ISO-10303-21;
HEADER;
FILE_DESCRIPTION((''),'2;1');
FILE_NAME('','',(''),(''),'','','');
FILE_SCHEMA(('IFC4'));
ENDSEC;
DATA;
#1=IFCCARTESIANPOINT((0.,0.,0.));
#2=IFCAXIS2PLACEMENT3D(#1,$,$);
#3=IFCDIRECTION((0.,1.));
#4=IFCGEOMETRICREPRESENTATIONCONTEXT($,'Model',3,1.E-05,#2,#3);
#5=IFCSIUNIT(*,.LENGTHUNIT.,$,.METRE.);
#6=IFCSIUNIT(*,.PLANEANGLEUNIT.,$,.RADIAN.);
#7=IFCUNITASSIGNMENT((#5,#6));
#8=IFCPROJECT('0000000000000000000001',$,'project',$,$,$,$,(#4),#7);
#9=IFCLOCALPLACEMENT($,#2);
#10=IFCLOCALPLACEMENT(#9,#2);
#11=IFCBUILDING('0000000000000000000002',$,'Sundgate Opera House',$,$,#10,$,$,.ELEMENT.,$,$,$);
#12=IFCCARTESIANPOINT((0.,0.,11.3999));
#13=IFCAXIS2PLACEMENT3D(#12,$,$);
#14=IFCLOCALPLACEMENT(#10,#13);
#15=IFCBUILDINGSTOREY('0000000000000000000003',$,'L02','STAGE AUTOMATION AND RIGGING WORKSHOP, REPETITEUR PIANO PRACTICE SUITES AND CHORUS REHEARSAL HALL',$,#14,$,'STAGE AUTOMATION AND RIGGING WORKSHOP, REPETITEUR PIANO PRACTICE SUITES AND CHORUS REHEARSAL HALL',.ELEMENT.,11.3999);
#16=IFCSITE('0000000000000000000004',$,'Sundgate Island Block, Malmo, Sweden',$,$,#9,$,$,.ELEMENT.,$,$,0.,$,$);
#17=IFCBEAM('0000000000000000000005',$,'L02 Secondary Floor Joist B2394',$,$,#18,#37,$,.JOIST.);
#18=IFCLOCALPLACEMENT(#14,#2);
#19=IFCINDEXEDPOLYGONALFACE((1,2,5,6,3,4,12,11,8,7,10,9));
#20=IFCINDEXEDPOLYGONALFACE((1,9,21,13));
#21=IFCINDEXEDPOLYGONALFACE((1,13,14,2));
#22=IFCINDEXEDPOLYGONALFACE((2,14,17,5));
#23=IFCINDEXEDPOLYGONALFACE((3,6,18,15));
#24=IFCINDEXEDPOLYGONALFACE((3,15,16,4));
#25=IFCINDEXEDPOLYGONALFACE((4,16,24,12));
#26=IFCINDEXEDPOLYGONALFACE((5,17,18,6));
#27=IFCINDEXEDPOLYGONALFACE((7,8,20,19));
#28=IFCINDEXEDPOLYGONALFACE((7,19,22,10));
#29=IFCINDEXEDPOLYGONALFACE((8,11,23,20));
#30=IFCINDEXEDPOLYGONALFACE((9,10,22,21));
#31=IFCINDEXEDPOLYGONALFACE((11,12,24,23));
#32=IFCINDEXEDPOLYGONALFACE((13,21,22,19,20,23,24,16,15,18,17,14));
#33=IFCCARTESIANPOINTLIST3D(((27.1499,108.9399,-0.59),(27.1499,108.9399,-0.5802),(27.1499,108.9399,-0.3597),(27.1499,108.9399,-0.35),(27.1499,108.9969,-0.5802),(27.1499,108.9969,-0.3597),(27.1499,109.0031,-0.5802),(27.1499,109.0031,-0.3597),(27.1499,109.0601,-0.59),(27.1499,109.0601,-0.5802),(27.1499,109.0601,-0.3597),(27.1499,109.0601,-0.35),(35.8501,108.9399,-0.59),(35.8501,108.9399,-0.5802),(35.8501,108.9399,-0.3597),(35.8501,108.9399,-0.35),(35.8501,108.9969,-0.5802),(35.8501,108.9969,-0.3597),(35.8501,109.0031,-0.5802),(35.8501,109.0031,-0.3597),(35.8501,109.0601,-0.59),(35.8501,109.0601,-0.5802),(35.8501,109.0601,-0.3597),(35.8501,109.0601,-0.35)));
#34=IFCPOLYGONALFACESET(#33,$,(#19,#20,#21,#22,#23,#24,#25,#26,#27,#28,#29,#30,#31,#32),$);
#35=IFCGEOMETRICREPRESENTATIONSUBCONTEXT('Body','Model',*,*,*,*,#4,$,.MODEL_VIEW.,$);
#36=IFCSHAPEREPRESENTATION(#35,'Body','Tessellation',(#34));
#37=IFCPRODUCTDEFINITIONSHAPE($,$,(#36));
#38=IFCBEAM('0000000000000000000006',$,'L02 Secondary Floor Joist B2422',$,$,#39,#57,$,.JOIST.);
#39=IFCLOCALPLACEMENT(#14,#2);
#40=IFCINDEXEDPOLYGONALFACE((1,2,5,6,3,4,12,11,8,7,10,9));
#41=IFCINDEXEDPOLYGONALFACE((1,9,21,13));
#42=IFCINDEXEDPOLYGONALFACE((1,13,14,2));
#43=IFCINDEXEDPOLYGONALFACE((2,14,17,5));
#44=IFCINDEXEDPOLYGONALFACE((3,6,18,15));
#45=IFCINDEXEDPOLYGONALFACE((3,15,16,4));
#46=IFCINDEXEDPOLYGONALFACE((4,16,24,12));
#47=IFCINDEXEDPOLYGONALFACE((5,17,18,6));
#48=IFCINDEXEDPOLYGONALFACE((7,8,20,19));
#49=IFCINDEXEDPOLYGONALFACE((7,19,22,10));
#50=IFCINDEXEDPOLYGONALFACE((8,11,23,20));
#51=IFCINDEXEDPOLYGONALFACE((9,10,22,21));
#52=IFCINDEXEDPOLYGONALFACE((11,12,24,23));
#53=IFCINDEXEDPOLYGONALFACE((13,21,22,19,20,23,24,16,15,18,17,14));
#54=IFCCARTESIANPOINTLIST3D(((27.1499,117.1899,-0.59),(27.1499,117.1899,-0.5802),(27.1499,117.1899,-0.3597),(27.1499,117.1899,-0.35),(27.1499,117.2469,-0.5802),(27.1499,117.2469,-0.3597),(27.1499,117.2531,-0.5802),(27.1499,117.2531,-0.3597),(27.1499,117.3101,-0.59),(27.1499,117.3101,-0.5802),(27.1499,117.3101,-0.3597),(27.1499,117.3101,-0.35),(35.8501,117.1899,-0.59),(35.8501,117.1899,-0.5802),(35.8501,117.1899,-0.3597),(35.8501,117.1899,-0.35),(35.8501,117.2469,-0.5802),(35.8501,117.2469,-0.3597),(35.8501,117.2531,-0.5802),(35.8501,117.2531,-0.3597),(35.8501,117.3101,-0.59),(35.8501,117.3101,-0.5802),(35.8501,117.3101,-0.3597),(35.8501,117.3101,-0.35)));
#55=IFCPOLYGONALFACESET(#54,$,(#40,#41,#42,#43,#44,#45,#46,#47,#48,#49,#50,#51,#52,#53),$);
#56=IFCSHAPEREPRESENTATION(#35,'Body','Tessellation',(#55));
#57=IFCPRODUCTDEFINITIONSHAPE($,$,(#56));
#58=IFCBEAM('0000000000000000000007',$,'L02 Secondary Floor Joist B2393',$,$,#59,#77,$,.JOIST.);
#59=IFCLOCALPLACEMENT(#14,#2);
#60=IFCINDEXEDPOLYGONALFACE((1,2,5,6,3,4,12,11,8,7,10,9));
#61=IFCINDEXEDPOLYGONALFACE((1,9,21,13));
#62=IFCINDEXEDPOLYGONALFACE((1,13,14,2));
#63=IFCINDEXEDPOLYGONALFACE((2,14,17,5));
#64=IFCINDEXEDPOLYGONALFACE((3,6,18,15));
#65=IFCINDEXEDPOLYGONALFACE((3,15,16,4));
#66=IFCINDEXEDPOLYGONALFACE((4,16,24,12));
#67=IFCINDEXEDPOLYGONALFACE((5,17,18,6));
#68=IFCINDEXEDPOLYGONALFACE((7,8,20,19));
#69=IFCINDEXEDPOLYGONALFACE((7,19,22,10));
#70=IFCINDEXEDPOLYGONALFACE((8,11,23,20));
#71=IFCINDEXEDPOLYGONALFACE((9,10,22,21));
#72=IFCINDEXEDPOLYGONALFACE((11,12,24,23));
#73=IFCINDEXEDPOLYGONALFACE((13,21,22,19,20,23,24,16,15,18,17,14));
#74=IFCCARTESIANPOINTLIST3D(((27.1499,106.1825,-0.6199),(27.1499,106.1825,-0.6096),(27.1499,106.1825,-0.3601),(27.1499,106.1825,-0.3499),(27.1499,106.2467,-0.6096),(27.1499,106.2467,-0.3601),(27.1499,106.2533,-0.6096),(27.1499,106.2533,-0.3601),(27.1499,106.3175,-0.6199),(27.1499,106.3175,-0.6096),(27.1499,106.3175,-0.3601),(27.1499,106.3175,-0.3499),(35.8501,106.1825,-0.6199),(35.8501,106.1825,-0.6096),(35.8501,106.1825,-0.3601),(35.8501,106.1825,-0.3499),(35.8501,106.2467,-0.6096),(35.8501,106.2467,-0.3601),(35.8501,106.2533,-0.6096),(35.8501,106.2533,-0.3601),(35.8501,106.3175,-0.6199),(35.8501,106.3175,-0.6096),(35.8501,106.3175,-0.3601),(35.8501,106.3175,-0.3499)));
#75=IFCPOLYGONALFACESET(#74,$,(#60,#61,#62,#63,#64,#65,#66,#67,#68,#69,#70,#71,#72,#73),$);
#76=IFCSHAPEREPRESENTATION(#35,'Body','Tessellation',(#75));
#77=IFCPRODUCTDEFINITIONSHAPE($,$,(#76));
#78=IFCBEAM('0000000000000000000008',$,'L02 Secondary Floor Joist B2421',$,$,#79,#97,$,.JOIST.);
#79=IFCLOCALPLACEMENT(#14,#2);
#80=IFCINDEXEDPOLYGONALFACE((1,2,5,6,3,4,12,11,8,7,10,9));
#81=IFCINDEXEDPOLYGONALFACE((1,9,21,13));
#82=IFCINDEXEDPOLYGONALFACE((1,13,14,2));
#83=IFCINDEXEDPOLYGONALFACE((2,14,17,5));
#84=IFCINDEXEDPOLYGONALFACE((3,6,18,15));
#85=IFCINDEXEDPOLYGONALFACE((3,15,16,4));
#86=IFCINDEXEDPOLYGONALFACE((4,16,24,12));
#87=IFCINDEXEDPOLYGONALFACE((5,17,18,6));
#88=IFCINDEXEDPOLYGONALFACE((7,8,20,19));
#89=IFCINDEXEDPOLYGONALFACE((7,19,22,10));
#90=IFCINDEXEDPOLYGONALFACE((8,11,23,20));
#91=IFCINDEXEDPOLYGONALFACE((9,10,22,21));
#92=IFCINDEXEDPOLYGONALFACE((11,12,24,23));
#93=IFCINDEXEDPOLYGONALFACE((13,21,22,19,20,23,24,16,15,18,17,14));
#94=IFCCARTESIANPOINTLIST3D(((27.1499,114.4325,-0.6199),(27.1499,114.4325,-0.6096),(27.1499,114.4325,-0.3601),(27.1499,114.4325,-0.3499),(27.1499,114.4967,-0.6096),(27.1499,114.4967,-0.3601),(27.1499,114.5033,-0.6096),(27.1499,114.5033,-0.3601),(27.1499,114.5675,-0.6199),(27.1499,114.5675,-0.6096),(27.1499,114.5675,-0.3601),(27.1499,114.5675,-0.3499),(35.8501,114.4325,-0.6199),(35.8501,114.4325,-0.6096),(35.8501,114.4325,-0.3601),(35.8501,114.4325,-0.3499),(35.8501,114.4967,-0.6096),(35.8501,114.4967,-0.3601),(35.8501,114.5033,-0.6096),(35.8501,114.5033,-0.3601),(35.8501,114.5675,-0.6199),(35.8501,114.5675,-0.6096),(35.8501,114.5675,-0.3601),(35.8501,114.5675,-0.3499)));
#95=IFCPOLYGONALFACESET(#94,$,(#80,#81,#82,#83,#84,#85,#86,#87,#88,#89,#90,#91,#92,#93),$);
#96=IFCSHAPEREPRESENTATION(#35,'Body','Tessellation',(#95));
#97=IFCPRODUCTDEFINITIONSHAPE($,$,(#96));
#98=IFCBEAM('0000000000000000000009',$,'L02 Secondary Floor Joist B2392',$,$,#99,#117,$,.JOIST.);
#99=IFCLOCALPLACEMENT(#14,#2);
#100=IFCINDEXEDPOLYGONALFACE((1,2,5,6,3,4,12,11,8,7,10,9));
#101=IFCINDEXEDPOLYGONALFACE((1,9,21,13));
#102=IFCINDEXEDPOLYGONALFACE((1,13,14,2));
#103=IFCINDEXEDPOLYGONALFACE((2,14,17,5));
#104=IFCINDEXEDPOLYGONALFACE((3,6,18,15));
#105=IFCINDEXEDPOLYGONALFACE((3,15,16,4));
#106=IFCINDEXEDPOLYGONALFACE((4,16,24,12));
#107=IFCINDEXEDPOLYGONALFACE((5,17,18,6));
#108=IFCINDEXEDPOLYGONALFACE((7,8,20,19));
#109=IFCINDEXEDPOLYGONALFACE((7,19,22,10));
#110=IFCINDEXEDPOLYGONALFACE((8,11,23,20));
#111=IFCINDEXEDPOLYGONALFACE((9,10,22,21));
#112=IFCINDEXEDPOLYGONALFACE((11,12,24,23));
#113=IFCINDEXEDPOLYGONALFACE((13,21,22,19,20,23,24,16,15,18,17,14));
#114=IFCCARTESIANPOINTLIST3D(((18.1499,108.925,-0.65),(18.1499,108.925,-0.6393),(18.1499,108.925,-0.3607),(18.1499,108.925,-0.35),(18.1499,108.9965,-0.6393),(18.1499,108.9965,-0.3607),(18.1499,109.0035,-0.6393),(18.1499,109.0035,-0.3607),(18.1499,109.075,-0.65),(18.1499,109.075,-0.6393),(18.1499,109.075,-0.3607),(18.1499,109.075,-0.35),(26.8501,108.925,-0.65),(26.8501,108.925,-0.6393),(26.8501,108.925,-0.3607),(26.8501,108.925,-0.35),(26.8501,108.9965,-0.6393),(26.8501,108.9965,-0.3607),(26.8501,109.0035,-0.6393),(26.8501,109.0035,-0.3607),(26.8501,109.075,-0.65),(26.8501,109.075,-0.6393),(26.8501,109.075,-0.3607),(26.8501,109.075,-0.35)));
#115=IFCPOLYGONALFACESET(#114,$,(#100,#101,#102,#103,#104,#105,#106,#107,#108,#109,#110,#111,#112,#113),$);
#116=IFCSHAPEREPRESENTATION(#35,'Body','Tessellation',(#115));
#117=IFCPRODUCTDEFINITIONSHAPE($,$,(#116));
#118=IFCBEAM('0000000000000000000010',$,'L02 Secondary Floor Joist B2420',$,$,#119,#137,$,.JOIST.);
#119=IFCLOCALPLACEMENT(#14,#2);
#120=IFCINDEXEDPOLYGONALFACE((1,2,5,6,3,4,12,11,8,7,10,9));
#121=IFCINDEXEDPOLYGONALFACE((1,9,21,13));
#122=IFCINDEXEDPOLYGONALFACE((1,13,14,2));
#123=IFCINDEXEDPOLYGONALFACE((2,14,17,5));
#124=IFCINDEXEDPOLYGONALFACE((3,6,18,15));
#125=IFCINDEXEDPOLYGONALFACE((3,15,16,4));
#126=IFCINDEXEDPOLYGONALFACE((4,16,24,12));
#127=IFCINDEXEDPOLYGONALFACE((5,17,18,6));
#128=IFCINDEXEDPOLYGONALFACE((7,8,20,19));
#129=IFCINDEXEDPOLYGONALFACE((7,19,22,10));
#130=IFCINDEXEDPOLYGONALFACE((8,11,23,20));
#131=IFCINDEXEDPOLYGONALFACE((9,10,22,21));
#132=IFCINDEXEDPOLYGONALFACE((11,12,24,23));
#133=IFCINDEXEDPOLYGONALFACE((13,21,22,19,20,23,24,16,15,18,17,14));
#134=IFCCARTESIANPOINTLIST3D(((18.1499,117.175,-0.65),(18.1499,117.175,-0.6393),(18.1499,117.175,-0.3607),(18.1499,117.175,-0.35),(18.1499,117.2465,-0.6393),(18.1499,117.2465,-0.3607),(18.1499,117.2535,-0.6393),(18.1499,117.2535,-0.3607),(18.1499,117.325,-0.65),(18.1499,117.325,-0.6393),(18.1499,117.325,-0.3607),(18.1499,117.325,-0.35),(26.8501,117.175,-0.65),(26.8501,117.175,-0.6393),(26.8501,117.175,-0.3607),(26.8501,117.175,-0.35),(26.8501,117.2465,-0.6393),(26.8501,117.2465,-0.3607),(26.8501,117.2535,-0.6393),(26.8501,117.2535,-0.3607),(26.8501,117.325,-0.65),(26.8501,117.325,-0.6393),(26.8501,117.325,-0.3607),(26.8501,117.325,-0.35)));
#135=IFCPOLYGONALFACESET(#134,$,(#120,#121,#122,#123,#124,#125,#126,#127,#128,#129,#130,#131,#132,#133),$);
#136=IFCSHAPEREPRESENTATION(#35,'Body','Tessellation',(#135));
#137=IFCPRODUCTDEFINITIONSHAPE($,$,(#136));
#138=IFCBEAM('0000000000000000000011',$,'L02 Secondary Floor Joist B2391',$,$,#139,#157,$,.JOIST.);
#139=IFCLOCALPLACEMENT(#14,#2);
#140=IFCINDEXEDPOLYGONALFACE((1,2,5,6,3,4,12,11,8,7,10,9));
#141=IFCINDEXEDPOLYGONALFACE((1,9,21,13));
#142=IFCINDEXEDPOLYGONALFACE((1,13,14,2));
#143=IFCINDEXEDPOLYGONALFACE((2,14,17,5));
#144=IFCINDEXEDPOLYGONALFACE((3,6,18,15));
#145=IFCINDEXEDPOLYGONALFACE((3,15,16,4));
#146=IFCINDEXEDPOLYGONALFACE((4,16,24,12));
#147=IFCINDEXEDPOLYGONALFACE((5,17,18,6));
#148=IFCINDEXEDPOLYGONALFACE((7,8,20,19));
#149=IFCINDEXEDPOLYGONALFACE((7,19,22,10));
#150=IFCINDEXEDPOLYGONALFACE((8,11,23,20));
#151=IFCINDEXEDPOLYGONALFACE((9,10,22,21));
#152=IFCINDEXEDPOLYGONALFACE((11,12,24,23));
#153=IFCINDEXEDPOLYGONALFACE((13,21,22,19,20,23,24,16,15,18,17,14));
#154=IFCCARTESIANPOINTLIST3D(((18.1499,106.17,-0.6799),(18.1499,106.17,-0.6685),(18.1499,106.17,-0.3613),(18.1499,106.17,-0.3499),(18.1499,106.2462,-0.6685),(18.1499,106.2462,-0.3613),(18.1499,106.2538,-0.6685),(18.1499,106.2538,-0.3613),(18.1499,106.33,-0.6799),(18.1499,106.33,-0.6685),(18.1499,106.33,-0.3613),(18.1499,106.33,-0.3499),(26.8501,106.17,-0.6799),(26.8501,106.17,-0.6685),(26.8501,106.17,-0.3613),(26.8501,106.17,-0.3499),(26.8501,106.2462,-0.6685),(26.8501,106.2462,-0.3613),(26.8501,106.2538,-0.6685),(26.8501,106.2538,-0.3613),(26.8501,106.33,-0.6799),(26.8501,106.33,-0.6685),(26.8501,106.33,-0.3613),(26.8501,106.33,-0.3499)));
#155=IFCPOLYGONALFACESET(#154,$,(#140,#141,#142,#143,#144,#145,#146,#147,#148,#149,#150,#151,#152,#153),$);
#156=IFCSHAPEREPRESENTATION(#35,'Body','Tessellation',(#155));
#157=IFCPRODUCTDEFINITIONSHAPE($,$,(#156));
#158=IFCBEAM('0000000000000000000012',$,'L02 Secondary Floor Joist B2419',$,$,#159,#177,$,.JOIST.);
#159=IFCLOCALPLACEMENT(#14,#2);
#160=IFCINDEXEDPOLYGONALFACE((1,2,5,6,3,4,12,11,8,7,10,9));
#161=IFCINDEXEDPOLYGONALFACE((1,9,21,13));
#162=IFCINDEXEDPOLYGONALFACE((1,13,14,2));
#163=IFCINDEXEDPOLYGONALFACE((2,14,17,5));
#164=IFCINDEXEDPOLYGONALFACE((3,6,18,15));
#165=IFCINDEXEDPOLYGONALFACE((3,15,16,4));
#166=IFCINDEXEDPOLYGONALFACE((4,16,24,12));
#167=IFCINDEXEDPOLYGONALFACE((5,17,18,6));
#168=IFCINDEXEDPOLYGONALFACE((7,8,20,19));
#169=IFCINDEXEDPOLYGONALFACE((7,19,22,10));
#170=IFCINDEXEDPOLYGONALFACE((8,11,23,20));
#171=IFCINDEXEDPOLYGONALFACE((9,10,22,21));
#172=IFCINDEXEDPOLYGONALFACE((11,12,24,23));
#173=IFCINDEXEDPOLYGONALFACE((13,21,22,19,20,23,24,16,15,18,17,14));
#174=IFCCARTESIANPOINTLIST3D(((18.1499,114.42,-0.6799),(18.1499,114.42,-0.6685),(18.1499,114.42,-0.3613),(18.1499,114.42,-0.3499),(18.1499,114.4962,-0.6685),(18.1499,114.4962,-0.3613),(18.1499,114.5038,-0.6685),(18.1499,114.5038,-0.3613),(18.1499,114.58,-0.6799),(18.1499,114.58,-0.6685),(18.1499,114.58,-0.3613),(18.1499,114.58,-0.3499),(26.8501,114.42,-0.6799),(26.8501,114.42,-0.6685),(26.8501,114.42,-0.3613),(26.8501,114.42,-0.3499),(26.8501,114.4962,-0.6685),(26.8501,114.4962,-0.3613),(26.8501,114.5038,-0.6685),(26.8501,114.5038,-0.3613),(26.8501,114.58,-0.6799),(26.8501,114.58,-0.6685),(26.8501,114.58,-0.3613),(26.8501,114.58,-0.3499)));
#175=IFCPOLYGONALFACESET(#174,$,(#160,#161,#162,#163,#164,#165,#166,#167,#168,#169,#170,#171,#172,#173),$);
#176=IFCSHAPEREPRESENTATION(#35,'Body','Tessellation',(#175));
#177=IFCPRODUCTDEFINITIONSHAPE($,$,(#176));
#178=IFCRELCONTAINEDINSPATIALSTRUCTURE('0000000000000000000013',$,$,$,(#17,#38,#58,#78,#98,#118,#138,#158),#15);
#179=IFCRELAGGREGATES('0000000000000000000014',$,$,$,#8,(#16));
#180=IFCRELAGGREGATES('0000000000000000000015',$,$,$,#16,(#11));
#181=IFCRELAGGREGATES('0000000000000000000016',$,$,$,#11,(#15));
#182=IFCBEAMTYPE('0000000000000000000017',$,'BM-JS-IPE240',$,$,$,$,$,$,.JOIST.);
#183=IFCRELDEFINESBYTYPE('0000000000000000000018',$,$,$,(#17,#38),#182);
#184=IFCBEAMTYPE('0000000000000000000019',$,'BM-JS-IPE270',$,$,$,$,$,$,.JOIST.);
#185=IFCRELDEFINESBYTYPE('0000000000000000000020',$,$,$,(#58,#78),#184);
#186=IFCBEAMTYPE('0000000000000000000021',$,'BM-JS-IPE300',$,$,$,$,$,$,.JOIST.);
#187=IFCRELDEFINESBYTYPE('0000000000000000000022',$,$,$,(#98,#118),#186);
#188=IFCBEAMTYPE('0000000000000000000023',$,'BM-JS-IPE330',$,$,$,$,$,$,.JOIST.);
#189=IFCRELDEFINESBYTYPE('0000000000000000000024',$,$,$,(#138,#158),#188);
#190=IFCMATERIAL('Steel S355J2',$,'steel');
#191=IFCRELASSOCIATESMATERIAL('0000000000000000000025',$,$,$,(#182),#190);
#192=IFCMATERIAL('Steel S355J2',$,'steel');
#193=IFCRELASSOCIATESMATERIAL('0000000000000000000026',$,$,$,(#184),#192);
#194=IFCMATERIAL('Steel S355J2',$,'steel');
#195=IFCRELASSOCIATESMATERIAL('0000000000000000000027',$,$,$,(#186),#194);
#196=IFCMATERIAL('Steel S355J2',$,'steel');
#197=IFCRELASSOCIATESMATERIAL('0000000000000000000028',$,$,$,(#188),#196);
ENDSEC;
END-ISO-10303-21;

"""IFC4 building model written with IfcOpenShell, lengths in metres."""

from ifc_helpers import new_model, si_unit, direction, frame, origin, origin_2d, place, context, subcontext, project, spatial, i_section, extrude, material, material_profile, profile_set, type_object, element, save


model = new_model("IFC4")

# Units and contexts
model_context = context("Model", 3, precision=1e-05, world=origin(), true_north=direction((0.0, 1.0)))
body_context = subcontext(model_context, "Body", "Model", "MODEL_VIEW")
ifc_project = project(units=[si_unit("LENGTHUNIT", "METRE"), si_unit("PLANEANGLEUNIT", "RADIAN")], contexts=[model_context])

# Site, building, storey
site_placement = place(None, origin())
site = spatial("IfcSite", under=ifc_project, at=site_placement, Name="Sundgate Island Block, Malmo, Sweden", CompositionType="ELEMENT", RefElevation=0.0)
building_placement = place(site_placement, origin())
building = spatial("IfcBuilding", under=site, at=building_placement, Name="Sundgate Opera House", CompositionType="ELEMENT")
storey_placement = place(building_placement, frame((0.0, 0.0, 11.3999)))
storey = spatial("IfcBuildingStorey", under=building, at=storey_placement, Name="L02", Description="STAGE AUTOMATION AND RIGGING WORKSHOP, REPETITEUR PIANO PRACTICE SUITES AND CHORUS REHEARSAL HALL", LongName="STAGE AUTOMATION AND RIGGING WORKSHOP, REPETITEUR PIANO PRACTICE SUITES AND CHORUS REHEARSAL HALL", CompositionType="ELEMENT", Elevation=11.3999)

# Beams
ifc_material_1 = material(Name="Steel S355J2", Category="steel")
ifc_material_profile_1 = material_profile(ifc_material_1, i_section(OverallWidth=0.1201, OverallDepth=0.24, WebThickness=0.0061, FlangeThickness=0.0098, at=origin_2d()), Name="IPE 240")
ifc_profile_set_1 = profile_set([ifc_material_profile_1], Name="Steel S355J2")
beam_type_1 = type_object("IfcBeamType", Name="BM-JS-IPE240", PredefinedType="JOIST", material=ifc_profile_set_1)
for number, where, z_axis, x_axis, name in (
    (1, (27.1499, 109.0, -0.47), (1.0, 0.0, 0.0), (0.0, 1.0, 0.0), "L02 Secondary Floor Joist B2394"),
    (2, (27.1499, 117.25, -0.47), (1.0, 0.0, 0.0), (0.0, 1.0, 0.0), "L02 Secondary Floor Joist B2422"),
):
    element("IfcBeam", number, at=place(storey_placement, frame(where, z_axis=z_axis, x_axis=x_axis)), inside=storey, type_object=beam_type_1, Name=name, PredefinedType="JOIST", context=body_context, shape_type="SweptSolid", body=[
        extrude(i_section(OverallWidth=0.1201, OverallDepth=0.24, WebThickness=0.0061, FlangeThickness=0.0098, at=origin_2d()), origin(), (0.0, 0.0, 1.0), 8.7002),
    ])
ifc_material_2 = material(Name="Steel S355J2", Category="steel")
ifc_material_profile_2 = material_profile(ifc_material_2, i_section(OverallWidth=0.135, OverallDepth=0.27, WebThickness=0.0066, FlangeThickness=0.0103, at=origin_2d()), Name="IPE 270")
ifc_profile_set_2 = profile_set([ifc_material_profile_2], Name="Steel S355J2")
beam_type_2 = type_object("IfcBeamType", Name="BM-JS-IPE270", PredefinedType="JOIST", material=ifc_profile_set_2)
for number, where, z_axis, x_axis, name in (
    (3, (27.1499, 106.25, -0.4849), (1.0, 0.0, 0.0), (0.0, 1.0, 0.0), "L02 Secondary Floor Joist B2393"),
    (4, (27.1499, 114.5, -0.4849), (1.0, 0.0, 0.0), (0.0, 1.0, 0.0), "L02 Secondary Floor Joist B2421"),
):
    element("IfcBeam", number, at=place(storey_placement, frame(where, z_axis=z_axis, x_axis=x_axis)), inside=storey, type_object=beam_type_2, Name=name, PredefinedType="JOIST", context=body_context, shape_type="SweptSolid", body=[
        extrude(i_section(OverallWidth=0.135, OverallDepth=0.27, WebThickness=0.0066, FlangeThickness=0.0103, at=origin_2d()), origin(), (0.0, 0.0, 1.0), 8.7002),
    ])
ifc_material_3 = material(Name="Steel S355J2", Category="steel")
ifc_material_profile_3 = material_profile(ifc_material_3, i_section(OverallWidth=0.1499, OverallDepth=0.3, WebThickness=0.0071, FlangeThickness=0.0107, at=origin_2d()), Name="IPE 300")
ifc_profile_set_3 = profile_set([ifc_material_profile_3], Name="Steel S355J2")
beam_type_3 = type_object("IfcBeamType", Name="BM-JS-IPE300", PredefinedType="JOIST", material=ifc_profile_set_3)
for number, where, z_axis, x_axis, name in (
    (5, (18.1499, 109.0, -0.5), (1.0, 0.0, 0.0), (0.0, 1.0, 0.0), "L02 Secondary Floor Joist B2392"),
    (6, (18.1499, 117.25, -0.5), (1.0, 0.0, 0.0), (0.0, 1.0, 0.0), "L02 Secondary Floor Joist B2420"),
):
    element("IfcBeam", number, at=place(storey_placement, frame(where, z_axis=z_axis, x_axis=x_axis)), inside=storey, type_object=beam_type_3, Name=name, PredefinedType="JOIST", context=body_context, shape_type="SweptSolid", body=[
        extrude(i_section(OverallWidth=0.1499, OverallDepth=0.3, WebThickness=0.0071, FlangeThickness=0.0107, at=origin_2d()), origin(), (0.0, 0.0, 1.0), 8.7002),
    ])
ifc_material_4 = material(Name="Steel S355J2", Category="steel")
ifc_material_profile_4 = material_profile(ifc_material_4, i_section(OverallWidth=0.1599, OverallDepth=0.3301, WebThickness=0.0076, FlangeThickness=0.0115, at=origin_2d()), Name="IPE 330")
ifc_profile_set_4 = profile_set([ifc_material_profile_4], Name="Steel S355J2")
beam_type_4 = type_object("IfcBeamType", Name="BM-JS-IPE330", PredefinedType="JOIST", material=ifc_profile_set_4)
for number, where, z_axis, x_axis, name in (
    (7, (18.1499, 106.25, -0.5149), (1.0, 0.0, 0.0), (0.0, 1.0, 0.0), "L02 Secondary Floor Joist B2391"),
    (8, (18.1499, 114.5, -0.5149), (1.0, 0.0, 0.0), (0.0, 1.0, 0.0), "L02 Secondary Floor Joist B2419"),
):
    element("IfcBeam", number, at=place(storey_placement, frame(where, z_axis=z_axis, x_axis=x_axis)), inside=storey, type_object=beam_type_4, Name=name, PredefinedType="JOIST", context=body_context, shape_type="SweptSolid", body=[
        extrude(i_section(OverallWidth=0.1599, OverallDepth=0.3301, WebThickness=0.0076, FlangeThickness=0.0115, at=origin_2d()), origin(), (0.0, 0.0, 1.0), 8.7002),
    ])

save(model, "model.ifc")
